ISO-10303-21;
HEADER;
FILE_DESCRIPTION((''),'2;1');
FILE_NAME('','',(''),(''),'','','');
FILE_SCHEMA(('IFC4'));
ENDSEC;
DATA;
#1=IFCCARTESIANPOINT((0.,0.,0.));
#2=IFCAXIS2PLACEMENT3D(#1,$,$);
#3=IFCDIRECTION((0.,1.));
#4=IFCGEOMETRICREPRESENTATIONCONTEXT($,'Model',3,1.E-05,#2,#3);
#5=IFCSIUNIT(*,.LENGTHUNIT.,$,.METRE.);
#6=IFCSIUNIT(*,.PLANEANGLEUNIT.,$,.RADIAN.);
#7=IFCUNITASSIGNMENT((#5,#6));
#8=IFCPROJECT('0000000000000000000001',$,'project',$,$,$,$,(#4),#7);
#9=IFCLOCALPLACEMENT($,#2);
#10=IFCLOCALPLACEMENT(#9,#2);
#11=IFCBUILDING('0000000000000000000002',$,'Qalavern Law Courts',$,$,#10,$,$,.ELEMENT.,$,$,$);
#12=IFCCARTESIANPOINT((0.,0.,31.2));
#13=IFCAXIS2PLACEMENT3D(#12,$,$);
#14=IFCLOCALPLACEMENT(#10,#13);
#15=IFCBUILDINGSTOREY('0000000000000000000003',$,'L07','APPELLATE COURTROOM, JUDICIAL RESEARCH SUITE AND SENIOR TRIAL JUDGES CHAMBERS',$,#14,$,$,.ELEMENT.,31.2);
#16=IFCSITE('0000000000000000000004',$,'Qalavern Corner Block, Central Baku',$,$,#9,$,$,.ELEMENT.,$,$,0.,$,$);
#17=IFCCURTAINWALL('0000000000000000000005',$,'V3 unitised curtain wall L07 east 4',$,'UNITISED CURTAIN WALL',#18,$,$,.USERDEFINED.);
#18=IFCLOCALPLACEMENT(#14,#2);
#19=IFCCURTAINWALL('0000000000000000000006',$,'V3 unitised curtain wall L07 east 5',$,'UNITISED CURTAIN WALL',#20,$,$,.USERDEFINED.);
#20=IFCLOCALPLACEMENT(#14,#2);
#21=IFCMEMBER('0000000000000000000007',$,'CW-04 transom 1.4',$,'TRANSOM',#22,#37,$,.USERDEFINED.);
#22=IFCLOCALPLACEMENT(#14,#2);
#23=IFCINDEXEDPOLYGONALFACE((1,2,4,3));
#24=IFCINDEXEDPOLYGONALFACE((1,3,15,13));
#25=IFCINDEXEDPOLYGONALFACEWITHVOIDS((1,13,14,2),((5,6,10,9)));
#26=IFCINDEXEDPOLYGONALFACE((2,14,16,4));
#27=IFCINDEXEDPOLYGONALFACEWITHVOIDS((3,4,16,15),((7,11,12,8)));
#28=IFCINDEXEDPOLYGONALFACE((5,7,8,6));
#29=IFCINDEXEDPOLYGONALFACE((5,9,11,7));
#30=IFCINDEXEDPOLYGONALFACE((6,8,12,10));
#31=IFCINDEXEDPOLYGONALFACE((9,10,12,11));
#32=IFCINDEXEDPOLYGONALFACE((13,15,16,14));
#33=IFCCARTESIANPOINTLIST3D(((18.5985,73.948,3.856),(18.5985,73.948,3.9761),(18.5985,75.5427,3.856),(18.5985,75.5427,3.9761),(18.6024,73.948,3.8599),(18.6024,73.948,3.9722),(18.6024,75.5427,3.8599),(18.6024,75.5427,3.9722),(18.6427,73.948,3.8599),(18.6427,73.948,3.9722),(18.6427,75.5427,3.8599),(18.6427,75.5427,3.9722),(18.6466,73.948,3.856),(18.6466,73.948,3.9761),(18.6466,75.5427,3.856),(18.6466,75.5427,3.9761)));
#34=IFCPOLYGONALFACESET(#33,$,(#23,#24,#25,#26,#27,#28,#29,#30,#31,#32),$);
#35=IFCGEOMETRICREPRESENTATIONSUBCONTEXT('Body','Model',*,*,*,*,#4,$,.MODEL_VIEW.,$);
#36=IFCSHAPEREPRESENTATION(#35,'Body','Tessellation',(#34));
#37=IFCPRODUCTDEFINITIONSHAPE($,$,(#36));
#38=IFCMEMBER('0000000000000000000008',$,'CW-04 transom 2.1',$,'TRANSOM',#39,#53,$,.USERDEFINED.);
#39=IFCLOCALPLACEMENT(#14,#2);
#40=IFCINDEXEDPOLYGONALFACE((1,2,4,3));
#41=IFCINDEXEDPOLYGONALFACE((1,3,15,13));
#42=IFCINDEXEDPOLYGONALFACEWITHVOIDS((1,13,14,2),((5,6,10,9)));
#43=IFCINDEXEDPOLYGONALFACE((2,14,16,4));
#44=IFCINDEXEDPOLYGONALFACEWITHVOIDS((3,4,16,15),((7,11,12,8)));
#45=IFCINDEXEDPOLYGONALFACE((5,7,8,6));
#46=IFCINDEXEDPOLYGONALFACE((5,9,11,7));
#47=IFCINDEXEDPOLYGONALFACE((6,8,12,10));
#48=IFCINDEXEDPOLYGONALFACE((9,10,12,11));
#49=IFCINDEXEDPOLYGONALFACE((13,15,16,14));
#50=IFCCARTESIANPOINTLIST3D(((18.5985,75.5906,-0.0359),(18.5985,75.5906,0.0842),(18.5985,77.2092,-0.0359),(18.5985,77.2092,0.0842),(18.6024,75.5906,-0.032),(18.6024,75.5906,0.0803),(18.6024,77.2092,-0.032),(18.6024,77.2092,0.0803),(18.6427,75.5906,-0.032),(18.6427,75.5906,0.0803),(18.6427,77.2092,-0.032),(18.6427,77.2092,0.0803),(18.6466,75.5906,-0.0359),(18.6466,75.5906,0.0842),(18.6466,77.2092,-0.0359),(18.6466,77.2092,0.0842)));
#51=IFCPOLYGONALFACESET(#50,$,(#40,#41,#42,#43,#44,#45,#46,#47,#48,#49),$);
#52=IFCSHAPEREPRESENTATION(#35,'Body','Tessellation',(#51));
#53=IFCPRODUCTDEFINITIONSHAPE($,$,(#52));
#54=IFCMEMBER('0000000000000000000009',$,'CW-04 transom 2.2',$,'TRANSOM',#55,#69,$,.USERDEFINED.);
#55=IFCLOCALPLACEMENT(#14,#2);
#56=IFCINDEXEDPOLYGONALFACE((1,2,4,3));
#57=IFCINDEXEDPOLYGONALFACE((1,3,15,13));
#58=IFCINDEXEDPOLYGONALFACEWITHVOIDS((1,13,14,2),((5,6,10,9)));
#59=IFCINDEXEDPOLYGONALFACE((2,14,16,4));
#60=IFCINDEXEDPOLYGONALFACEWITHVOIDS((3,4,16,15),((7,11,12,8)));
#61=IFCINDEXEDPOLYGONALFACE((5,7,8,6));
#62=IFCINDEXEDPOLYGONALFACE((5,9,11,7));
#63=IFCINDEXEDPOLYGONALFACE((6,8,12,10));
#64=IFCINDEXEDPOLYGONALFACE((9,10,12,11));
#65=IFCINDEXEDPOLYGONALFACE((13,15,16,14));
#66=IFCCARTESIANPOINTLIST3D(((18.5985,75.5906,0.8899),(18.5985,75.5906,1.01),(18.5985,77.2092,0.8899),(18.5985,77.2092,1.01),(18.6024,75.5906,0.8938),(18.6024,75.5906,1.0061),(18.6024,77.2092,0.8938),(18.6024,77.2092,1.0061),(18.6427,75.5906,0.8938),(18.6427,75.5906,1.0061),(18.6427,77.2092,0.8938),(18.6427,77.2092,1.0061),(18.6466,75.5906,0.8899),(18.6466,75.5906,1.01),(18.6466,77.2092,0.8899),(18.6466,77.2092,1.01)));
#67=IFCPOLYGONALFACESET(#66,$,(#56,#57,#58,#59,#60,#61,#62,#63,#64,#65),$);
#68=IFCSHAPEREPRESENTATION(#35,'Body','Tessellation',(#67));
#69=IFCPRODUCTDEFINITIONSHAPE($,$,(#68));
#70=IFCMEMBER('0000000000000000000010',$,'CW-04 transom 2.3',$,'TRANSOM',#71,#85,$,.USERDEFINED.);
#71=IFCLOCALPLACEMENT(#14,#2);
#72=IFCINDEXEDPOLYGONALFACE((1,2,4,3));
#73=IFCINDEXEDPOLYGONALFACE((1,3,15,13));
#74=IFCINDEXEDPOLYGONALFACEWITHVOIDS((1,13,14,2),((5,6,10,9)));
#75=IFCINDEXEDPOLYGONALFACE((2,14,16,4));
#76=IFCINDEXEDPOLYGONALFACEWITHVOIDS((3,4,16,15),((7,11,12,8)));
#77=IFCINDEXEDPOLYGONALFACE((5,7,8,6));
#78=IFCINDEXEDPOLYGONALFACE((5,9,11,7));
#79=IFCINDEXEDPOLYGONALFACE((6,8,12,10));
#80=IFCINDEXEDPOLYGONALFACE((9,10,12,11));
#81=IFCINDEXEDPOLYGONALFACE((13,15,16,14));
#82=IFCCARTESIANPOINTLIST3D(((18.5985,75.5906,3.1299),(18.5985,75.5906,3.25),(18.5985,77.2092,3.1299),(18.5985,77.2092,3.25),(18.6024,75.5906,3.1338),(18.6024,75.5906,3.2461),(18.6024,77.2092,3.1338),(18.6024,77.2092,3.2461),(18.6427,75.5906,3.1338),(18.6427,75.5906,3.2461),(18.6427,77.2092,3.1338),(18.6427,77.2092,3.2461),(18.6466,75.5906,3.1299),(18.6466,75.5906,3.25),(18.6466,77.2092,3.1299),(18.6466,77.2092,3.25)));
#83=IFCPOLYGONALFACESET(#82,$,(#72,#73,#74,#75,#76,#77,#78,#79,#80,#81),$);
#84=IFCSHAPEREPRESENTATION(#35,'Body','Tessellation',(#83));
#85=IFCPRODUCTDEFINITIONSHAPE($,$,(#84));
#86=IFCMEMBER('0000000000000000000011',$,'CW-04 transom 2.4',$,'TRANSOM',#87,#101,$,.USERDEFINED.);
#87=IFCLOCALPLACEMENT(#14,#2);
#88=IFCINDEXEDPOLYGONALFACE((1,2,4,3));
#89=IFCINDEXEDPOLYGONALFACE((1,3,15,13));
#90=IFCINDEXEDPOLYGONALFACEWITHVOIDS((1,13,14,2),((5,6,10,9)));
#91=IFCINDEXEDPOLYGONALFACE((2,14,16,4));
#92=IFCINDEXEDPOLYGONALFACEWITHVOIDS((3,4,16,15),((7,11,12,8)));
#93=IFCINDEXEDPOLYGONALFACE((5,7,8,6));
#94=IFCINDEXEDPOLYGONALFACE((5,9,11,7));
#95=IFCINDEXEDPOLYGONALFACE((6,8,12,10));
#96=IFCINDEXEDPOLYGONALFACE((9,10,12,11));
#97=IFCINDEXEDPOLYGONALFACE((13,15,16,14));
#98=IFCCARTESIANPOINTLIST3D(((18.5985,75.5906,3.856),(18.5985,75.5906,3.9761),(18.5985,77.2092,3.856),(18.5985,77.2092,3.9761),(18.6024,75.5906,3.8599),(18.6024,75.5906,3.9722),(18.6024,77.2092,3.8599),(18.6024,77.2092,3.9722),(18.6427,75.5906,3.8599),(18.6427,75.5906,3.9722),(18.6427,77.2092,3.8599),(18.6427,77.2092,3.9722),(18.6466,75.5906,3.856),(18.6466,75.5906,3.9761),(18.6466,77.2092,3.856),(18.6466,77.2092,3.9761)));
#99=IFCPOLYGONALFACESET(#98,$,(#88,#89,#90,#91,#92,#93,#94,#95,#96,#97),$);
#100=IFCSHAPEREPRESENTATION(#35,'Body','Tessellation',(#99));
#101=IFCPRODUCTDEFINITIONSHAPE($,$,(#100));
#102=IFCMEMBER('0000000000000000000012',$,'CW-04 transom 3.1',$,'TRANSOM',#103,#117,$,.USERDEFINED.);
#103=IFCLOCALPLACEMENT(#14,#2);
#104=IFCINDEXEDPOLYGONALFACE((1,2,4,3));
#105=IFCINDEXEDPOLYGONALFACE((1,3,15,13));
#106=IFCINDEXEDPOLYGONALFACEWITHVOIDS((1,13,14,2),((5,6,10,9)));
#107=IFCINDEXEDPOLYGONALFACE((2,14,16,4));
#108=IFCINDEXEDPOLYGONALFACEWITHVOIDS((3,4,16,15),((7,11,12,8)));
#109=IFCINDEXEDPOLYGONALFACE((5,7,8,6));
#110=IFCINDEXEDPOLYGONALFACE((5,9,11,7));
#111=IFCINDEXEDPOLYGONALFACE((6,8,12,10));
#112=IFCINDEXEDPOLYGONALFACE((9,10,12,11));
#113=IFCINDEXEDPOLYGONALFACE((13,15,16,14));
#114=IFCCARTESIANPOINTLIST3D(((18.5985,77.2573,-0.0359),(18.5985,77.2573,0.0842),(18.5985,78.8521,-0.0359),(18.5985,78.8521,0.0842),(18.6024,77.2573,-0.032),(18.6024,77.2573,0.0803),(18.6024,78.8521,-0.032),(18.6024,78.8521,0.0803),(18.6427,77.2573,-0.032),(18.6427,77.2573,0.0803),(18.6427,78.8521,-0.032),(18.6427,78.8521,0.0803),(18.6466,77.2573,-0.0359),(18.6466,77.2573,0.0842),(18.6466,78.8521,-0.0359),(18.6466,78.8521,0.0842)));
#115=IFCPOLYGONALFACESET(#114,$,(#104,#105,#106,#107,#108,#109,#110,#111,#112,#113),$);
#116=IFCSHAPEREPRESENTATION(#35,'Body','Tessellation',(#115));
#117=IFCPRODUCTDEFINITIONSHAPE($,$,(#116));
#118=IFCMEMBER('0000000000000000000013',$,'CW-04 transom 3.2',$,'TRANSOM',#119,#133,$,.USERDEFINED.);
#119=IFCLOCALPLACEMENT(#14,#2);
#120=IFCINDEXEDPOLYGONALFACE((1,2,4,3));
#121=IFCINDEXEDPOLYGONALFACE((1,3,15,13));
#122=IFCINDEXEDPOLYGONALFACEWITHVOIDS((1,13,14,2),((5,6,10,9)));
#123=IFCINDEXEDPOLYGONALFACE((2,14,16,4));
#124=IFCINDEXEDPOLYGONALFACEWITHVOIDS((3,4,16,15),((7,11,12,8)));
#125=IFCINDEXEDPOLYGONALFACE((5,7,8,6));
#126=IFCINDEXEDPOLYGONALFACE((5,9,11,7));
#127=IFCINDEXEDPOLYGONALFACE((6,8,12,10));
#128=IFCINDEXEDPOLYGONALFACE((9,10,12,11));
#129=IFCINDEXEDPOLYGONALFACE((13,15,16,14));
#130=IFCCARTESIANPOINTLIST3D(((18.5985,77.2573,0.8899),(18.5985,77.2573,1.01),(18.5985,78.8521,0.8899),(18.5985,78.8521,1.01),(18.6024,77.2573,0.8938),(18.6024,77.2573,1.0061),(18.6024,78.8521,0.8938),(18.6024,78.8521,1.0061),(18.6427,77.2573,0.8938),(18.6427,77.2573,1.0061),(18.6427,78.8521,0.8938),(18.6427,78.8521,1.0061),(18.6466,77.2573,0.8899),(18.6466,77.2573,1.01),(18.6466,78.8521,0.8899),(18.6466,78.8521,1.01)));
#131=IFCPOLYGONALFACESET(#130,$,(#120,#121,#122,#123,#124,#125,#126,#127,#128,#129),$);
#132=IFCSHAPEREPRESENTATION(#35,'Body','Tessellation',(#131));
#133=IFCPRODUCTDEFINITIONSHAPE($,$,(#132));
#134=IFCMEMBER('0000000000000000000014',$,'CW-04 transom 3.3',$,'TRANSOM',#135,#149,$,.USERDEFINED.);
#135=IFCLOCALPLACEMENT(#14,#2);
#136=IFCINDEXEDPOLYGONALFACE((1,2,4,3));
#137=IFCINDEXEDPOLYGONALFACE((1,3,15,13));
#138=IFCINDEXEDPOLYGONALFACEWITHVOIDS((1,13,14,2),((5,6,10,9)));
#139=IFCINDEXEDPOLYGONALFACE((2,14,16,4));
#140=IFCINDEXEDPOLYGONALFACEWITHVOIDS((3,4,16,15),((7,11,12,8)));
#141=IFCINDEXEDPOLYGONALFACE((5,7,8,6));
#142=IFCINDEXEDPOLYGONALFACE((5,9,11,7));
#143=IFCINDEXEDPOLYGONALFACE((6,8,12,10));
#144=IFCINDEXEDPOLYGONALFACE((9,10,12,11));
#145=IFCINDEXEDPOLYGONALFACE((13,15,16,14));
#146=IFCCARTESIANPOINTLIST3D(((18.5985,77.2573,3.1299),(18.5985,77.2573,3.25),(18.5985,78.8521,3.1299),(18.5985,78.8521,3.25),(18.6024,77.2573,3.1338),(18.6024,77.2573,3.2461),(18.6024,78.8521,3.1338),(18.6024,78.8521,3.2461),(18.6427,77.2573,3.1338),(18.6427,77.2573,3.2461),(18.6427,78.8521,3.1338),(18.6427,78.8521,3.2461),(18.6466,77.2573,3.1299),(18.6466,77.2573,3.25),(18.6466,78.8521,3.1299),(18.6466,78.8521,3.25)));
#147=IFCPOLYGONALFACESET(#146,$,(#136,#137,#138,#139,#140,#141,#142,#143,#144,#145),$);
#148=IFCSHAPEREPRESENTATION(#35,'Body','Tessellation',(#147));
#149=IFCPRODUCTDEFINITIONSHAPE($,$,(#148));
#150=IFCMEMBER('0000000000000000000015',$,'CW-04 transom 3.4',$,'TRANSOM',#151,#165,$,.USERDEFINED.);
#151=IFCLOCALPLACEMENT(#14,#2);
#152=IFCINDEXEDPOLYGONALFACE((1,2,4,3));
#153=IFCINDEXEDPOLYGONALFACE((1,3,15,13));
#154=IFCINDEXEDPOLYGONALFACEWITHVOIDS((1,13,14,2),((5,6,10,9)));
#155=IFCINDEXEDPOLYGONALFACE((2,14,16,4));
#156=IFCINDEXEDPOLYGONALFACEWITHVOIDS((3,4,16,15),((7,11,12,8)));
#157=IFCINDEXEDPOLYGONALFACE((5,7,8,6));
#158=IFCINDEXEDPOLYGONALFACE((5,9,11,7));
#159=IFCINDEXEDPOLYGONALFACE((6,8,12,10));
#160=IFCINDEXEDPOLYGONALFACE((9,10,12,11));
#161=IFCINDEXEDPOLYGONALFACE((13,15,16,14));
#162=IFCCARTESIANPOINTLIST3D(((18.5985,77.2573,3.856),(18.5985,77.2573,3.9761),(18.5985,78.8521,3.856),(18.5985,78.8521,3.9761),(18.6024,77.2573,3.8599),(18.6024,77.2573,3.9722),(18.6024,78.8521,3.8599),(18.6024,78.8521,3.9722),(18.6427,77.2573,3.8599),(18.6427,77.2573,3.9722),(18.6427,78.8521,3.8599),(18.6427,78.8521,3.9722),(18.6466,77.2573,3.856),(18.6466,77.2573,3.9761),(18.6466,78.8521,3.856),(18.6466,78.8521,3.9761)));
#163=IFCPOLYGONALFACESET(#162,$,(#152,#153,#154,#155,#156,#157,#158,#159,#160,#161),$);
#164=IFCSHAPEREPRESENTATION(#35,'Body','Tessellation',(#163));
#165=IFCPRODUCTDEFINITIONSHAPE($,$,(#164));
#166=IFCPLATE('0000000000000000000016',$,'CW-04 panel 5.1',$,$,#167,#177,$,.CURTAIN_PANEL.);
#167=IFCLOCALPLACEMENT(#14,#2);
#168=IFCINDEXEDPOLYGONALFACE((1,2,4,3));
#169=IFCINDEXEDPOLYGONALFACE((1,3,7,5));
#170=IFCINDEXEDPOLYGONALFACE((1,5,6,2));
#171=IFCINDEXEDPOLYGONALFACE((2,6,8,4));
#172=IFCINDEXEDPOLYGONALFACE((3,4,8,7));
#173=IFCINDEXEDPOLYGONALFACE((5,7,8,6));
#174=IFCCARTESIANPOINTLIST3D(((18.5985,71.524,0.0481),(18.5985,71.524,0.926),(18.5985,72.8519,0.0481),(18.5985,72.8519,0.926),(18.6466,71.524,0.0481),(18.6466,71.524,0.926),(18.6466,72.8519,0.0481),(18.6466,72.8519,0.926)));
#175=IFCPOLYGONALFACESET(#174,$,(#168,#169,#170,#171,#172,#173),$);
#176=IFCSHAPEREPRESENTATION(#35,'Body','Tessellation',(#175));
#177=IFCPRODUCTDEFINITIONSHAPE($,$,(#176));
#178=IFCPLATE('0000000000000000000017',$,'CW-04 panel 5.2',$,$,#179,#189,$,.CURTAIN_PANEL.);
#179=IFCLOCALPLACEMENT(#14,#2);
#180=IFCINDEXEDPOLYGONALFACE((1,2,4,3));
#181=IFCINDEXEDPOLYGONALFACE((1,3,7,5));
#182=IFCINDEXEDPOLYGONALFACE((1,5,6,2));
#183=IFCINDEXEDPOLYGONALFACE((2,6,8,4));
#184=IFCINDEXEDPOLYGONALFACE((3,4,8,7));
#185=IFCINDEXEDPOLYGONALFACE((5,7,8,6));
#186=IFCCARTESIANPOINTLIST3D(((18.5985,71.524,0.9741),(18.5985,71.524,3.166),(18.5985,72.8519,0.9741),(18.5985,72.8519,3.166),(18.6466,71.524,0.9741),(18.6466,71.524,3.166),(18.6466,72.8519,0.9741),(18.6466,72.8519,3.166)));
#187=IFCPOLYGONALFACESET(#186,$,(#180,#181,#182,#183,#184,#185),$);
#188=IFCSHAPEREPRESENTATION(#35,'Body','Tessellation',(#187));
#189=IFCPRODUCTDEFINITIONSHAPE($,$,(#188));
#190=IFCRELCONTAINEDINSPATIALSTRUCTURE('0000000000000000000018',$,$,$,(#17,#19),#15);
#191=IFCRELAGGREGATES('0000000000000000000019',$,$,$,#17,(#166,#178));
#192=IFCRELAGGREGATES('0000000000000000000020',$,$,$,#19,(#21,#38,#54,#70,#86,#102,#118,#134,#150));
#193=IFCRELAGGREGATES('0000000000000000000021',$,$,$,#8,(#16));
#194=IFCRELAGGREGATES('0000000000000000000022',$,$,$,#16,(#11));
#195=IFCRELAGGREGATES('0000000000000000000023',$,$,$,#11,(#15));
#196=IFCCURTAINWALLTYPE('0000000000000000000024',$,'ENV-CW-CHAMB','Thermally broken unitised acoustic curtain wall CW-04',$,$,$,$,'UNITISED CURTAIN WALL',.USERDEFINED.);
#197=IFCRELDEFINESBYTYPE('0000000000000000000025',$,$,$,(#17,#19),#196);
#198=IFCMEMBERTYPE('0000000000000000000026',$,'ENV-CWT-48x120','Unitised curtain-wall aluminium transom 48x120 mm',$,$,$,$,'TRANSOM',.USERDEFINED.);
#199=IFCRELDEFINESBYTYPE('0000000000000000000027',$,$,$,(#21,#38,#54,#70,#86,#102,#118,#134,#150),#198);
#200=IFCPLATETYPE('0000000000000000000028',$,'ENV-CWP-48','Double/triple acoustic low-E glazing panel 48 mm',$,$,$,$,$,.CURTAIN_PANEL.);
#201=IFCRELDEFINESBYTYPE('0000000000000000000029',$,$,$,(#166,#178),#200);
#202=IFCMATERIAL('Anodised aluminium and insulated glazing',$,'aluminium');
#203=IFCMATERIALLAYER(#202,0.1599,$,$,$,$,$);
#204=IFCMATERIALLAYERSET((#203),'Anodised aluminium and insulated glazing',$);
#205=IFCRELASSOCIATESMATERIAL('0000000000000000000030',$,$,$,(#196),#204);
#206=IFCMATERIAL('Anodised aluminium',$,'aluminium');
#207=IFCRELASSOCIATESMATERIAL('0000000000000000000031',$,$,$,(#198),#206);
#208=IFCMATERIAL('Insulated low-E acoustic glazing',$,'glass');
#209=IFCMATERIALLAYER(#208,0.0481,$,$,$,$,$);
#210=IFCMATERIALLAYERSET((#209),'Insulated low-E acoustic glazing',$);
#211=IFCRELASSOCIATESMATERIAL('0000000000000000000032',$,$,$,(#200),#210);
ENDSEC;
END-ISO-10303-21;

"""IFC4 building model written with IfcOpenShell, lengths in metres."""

from ifc_helpers import new_model, si_unit, direction, frame, origin, origin_2d, place, context, subcontext, project, spatial, rectangle, hollow_rectangle, extrude, material, layer, layer_set, material_profile, profile_set, type_object, element, aggregate, save


model = new_model("IFC4")

# Units and contexts
model_context = context("Model", 3, precision=1e-05, world=origin(), true_north=direction((0.0, 1.0)))
body_context = subcontext(model_context, "Body", "Model", "MODEL_VIEW")
ifc_project = project(units=[si_unit("LENGTHUNIT", "METRE"), si_unit("PLANEANGLEUNIT", "RADIAN")], contexts=[model_context])

# Site, building, storey
site_placement = place(None, origin())
site = spatial("IfcSite", under=ifc_project, at=site_placement, Name="Qalavern Corner Block, Central Baku", CompositionType="ELEMENT", RefElevation=0.0)
building_placement = place(site_placement, origin())
building = spatial("IfcBuilding", under=site, at=building_placement, Name="Qalavern Law Courts", CompositionType="ELEMENT")
storey_placement = place(building_placement, frame((0.0, 0.0, 31.2)))
storey = spatial("IfcBuildingStorey", under=building, at=storey_placement, Name="L07", Description="APPELLATE COURTROOM, JUDICIAL RESEARCH SUITE AND SENIOR TRIAL JUDGES CHAMBERS", CompositionType="ELEMENT", Elevation=31.2)

# Curtain wall
ifc_material_1 = material(Name="Anodised aluminium and insulated glazing", Category="aluminium")
ifc_layer_1 = layer(ifc_material_1, 0.1599)
ifc_layer_set_1 = layer_set([ifc_layer_1], Name="Anodised aluminium and insulated glazing")
curtain_wall_type = type_object("IfcCurtainWallType", Name="ENV-CW-CHAMB", Description="Thermally broken unitised acoustic curtain wall CW-04", ElementType="UNITISED CURTAIN WALL", PredefinedType="USERDEFINED", material=ifc_layer_set_1)
curtain_wall_1_placement = place(storey_placement, origin())
curtain_wall_1 = element("IfcCurtainWall", 1, at=curtain_wall_1_placement, inside=storey, type_object=curtain_wall_type, Name="V3 unitised curtain wall L07 east 4", ObjectType="UNITISED CURTAIN WALL", PredefinedType="USERDEFINED")
ifc_material_2 = material(Name="Anodised aluminium", Category="aluminium")

# Curtain wall
curtain_wall_2_placement = place(storey_placement, origin())
curtain_wall_2 = element("IfcCurtainWall", 2, at=curtain_wall_2_placement, inside=storey, type_object=curtain_wall_type, Name="V3 unitised curtain wall L07 east 5", ObjectType="UNITISED CURTAIN WALL", PredefinedType="USERDEFINED")

# Members
ifc_material_profile_1 = material_profile(ifc_material_2, hollow_rectangle(XDim=0.0481, YDim=0.1201, WallThickness=0.0039, at=origin_2d()), Name="ALU TRANSOM 48x120")
ifc_profile_set_1 = profile_set([ifc_material_profile_1], Name="Anodised aluminium")
member_type_1 = type_object("IfcMemberType", Name="ENV-CWT-48x120", Description="Unitised curtain-wall aluminium transom 48x120 mm", ElementType="TRANSOM", PredefinedType="USERDEFINED", material=ifc_profile_set_1)
member_1_placement = place(storey_placement, frame((18.6226, 73.948, 3.916), z_axis=(0.0, 1.0, 0.0), x_axis=(-1.0, 0.0, 0.0)))
member_1 = element("IfcMember", 3, at=member_1_placement, type_object=member_type_1, Name="CW-04 transom 1.4", ObjectType="TRANSOM", PredefinedType="USERDEFINED", context=body_context, shape_type="SweptSolid", body=[
    extrude(hollow_rectangle(XDim=0.0481, YDim=0.1201, WallThickness=0.0039, at=origin_2d()), origin(), (0.0, 0.0, 1.0), 1.5947),
])
member_2_placement = place(storey_placement, frame((18.6226, 75.5906, 0.0242), z_axis=(0.0, 1.0, 0.0), x_axis=(-1.0, 0.0, 0.0)))
member_2 = element("IfcMember", 4, at=member_2_placement, type_object=member_type_1, Name="CW-04 transom 2.1", ObjectType="TRANSOM", PredefinedType="USERDEFINED", context=body_context, shape_type="SweptSolid", body=[
    extrude(hollow_rectangle(XDim=0.0481, YDim=0.1201, WallThickness=0.0039, at=origin_2d()), origin(), (0.0, 0.0, 1.0), 1.6187),
])
member_3_placement = place(storey_placement, frame((18.6226, 75.5906, 0.95), z_axis=(0.0, 1.0, 0.0), x_axis=(-1.0, 0.0, 0.0)))
member_3 = element("IfcMember", 5, at=member_3_placement, type_object=member_type_1, Name="CW-04 transom 2.2", ObjectType="TRANSOM", PredefinedType="USERDEFINED", context=body_context, shape_type="SweptSolid", body=[
    extrude(hollow_rectangle(XDim=0.0481, YDim=0.1201, WallThickness=0.0039, at=origin_2d()), origin(), (0.0, 0.0, 1.0), 1.6187),
])
member_4_placement = place(storey_placement, frame((18.6226, 75.5906, 3.1899), z_axis=(0.0, 1.0, 0.0), x_axis=(-1.0, 0.0, 0.0)))
member_4 = element("IfcMember", 6, at=member_4_placement, type_object=member_type_1, Name="CW-04 transom 2.3", ObjectType="TRANSOM", PredefinedType="USERDEFINED", context=body_context, shape_type="SweptSolid", body=[
    extrude(hollow_rectangle(XDim=0.0481, YDim=0.1201, WallThickness=0.0039, at=origin_2d()), origin(), (0.0, 0.0, 1.0), 1.6187),
])
member_5_placement = place(storey_placement, frame((18.6226, 75.5906, 3.916), z_axis=(0.0, 1.0, 0.0), x_axis=(-1.0, 0.0, 0.0)))
member_5 = element("IfcMember", 7, at=member_5_placement, type_object=member_type_1, Name="CW-04 transom 2.4", ObjectType="TRANSOM", PredefinedType="USERDEFINED", context=body_context, shape_type="SweptSolid", body=[
    extrude(hollow_rectangle(XDim=0.0481, YDim=0.1201, WallThickness=0.0039, at=origin_2d()), origin(), (0.0, 0.0, 1.0), 1.6187),
])
member_6_placement = place(storey_placement, frame((18.6226, 77.2573, 0.0242), z_axis=(0.0, 1.0, 0.0), x_axis=(-1.0, 0.0, 0.0)))
member_6 = element("IfcMember", 8, at=member_6_placement, type_object=member_type_1, Name="CW-04 transom 3.1", ObjectType="TRANSOM", PredefinedType="USERDEFINED", context=body_context, shape_type="SweptSolid", body=[
    extrude(hollow_rectangle(XDim=0.0481, YDim=0.1201, WallThickness=0.0039, at=origin_2d()), origin(), (0.0, 0.0, 1.0), 1.5947),
])
member_7_placement = place(storey_placement, frame((18.6226, 77.2573, 0.95), z_axis=(0.0, 1.0, 0.0), x_axis=(-1.0, 0.0, 0.0)))
member_7 = element("IfcMember", 9, at=member_7_placement, type_object=member_type_1, Name="CW-04 transom 3.2", ObjectType="TRANSOM", PredefinedType="USERDEFINED", context=body_context, shape_type="SweptSolid", body=[
    extrude(hollow_rectangle(XDim=0.0481, YDim=0.1201, WallThickness=0.0039, at=origin_2d()), origin(), (0.0, 0.0, 1.0), 1.5947),
])
member_8_placement = place(storey_placement, frame((18.6226, 77.2573, 3.1899), z_axis=(0.0, 1.0, 0.0), x_axis=(-1.0, 0.0, 0.0)))
member_8 = element("IfcMember", 10, at=member_8_placement, type_object=member_type_1, Name="CW-04 transom 3.3", ObjectType="TRANSOM", PredefinedType="USERDEFINED", context=body_context, shape_type="SweptSolid", body=[
    extrude(hollow_rectangle(XDim=0.0481, YDim=0.1201, WallThickness=0.0039, at=origin_2d()), origin(), (0.0, 0.0, 1.0), 1.5947),
])
member_9_placement = place(storey_placement, frame((18.6226, 77.2573, 3.916), z_axis=(0.0, 1.0, 0.0), x_axis=(-1.0, 0.0, 0.0)))
member_9 = element("IfcMember", 11, at=member_9_placement, type_object=member_type_1, Name="CW-04 transom 3.4", ObjectType="TRANSOM", PredefinedType="USERDEFINED", context=body_context, shape_type="SweptSolid", body=[
    extrude(hollow_rectangle(XDim=0.0481, YDim=0.1201, WallThickness=0.0039, at=origin_2d()), origin(), (0.0, 0.0, 1.0), 1.5947),
])

# Plates
ifc_material_3 = material(Name="Insulated low-E acoustic glazing", Category="glass")
ifc_layer_2 = layer(ifc_material_3, 0.0481)
ifc_layer_set_2 = layer_set([ifc_layer_2], Name="Insulated low-E acoustic glazing")
plate_type_1 = type_object("IfcPlateType", Name="ENV-CWP-48", Description="Double/triple acoustic low-E glazing panel 48 mm", PredefinedType="CURTAIN_PANEL", material=ifc_layer_set_2)
plate_1_placement = place(storey_placement, frame((18.6226, 72.188, 0.0481), z_axis=(0.0, 0.0, 1.0), x_axis=(0.0, 1.0, 0.0)))
plate_1 = element("IfcPlate", 12, at=plate_1_placement, type_object=plate_type_1, Name="CW-04 panel 5.1", PredefinedType="CURTAIN_PANEL", context=body_context, shape_type="SweptSolid", body=[
    extrude(rectangle(XDim=1.3279, YDim=0.0481, at=origin_2d()), origin(), (0.0, 0.0, 1.0), 0.8779),
])
plate_2_placement = place(storey_placement, frame((18.6226, 72.188, 0.9741), z_axis=(0.0, 0.0, 1.0), x_axis=(0.0, 1.0, 0.0)))
plate_2 = element("IfcPlate", 13, at=plate_2_placement, type_object=plate_type_1, Name="CW-04 panel 5.2", PredefinedType="CURTAIN_PANEL", context=body_context, shape_type="SweptSolid", body=[
    extrude(rectangle(XDim=1.3279, YDim=0.0481, at=origin_2d()), origin(), (0.0, 0.0, 1.0), 2.1919),
])
aggregate(curtain_wall_1, [plate_1, plate_2])
aggregate(curtain_wall_2, [member_1, member_2, member_3, member_4, member_5, member_6, member_7, member_8, member_9])

save(model, "model.ifc")
